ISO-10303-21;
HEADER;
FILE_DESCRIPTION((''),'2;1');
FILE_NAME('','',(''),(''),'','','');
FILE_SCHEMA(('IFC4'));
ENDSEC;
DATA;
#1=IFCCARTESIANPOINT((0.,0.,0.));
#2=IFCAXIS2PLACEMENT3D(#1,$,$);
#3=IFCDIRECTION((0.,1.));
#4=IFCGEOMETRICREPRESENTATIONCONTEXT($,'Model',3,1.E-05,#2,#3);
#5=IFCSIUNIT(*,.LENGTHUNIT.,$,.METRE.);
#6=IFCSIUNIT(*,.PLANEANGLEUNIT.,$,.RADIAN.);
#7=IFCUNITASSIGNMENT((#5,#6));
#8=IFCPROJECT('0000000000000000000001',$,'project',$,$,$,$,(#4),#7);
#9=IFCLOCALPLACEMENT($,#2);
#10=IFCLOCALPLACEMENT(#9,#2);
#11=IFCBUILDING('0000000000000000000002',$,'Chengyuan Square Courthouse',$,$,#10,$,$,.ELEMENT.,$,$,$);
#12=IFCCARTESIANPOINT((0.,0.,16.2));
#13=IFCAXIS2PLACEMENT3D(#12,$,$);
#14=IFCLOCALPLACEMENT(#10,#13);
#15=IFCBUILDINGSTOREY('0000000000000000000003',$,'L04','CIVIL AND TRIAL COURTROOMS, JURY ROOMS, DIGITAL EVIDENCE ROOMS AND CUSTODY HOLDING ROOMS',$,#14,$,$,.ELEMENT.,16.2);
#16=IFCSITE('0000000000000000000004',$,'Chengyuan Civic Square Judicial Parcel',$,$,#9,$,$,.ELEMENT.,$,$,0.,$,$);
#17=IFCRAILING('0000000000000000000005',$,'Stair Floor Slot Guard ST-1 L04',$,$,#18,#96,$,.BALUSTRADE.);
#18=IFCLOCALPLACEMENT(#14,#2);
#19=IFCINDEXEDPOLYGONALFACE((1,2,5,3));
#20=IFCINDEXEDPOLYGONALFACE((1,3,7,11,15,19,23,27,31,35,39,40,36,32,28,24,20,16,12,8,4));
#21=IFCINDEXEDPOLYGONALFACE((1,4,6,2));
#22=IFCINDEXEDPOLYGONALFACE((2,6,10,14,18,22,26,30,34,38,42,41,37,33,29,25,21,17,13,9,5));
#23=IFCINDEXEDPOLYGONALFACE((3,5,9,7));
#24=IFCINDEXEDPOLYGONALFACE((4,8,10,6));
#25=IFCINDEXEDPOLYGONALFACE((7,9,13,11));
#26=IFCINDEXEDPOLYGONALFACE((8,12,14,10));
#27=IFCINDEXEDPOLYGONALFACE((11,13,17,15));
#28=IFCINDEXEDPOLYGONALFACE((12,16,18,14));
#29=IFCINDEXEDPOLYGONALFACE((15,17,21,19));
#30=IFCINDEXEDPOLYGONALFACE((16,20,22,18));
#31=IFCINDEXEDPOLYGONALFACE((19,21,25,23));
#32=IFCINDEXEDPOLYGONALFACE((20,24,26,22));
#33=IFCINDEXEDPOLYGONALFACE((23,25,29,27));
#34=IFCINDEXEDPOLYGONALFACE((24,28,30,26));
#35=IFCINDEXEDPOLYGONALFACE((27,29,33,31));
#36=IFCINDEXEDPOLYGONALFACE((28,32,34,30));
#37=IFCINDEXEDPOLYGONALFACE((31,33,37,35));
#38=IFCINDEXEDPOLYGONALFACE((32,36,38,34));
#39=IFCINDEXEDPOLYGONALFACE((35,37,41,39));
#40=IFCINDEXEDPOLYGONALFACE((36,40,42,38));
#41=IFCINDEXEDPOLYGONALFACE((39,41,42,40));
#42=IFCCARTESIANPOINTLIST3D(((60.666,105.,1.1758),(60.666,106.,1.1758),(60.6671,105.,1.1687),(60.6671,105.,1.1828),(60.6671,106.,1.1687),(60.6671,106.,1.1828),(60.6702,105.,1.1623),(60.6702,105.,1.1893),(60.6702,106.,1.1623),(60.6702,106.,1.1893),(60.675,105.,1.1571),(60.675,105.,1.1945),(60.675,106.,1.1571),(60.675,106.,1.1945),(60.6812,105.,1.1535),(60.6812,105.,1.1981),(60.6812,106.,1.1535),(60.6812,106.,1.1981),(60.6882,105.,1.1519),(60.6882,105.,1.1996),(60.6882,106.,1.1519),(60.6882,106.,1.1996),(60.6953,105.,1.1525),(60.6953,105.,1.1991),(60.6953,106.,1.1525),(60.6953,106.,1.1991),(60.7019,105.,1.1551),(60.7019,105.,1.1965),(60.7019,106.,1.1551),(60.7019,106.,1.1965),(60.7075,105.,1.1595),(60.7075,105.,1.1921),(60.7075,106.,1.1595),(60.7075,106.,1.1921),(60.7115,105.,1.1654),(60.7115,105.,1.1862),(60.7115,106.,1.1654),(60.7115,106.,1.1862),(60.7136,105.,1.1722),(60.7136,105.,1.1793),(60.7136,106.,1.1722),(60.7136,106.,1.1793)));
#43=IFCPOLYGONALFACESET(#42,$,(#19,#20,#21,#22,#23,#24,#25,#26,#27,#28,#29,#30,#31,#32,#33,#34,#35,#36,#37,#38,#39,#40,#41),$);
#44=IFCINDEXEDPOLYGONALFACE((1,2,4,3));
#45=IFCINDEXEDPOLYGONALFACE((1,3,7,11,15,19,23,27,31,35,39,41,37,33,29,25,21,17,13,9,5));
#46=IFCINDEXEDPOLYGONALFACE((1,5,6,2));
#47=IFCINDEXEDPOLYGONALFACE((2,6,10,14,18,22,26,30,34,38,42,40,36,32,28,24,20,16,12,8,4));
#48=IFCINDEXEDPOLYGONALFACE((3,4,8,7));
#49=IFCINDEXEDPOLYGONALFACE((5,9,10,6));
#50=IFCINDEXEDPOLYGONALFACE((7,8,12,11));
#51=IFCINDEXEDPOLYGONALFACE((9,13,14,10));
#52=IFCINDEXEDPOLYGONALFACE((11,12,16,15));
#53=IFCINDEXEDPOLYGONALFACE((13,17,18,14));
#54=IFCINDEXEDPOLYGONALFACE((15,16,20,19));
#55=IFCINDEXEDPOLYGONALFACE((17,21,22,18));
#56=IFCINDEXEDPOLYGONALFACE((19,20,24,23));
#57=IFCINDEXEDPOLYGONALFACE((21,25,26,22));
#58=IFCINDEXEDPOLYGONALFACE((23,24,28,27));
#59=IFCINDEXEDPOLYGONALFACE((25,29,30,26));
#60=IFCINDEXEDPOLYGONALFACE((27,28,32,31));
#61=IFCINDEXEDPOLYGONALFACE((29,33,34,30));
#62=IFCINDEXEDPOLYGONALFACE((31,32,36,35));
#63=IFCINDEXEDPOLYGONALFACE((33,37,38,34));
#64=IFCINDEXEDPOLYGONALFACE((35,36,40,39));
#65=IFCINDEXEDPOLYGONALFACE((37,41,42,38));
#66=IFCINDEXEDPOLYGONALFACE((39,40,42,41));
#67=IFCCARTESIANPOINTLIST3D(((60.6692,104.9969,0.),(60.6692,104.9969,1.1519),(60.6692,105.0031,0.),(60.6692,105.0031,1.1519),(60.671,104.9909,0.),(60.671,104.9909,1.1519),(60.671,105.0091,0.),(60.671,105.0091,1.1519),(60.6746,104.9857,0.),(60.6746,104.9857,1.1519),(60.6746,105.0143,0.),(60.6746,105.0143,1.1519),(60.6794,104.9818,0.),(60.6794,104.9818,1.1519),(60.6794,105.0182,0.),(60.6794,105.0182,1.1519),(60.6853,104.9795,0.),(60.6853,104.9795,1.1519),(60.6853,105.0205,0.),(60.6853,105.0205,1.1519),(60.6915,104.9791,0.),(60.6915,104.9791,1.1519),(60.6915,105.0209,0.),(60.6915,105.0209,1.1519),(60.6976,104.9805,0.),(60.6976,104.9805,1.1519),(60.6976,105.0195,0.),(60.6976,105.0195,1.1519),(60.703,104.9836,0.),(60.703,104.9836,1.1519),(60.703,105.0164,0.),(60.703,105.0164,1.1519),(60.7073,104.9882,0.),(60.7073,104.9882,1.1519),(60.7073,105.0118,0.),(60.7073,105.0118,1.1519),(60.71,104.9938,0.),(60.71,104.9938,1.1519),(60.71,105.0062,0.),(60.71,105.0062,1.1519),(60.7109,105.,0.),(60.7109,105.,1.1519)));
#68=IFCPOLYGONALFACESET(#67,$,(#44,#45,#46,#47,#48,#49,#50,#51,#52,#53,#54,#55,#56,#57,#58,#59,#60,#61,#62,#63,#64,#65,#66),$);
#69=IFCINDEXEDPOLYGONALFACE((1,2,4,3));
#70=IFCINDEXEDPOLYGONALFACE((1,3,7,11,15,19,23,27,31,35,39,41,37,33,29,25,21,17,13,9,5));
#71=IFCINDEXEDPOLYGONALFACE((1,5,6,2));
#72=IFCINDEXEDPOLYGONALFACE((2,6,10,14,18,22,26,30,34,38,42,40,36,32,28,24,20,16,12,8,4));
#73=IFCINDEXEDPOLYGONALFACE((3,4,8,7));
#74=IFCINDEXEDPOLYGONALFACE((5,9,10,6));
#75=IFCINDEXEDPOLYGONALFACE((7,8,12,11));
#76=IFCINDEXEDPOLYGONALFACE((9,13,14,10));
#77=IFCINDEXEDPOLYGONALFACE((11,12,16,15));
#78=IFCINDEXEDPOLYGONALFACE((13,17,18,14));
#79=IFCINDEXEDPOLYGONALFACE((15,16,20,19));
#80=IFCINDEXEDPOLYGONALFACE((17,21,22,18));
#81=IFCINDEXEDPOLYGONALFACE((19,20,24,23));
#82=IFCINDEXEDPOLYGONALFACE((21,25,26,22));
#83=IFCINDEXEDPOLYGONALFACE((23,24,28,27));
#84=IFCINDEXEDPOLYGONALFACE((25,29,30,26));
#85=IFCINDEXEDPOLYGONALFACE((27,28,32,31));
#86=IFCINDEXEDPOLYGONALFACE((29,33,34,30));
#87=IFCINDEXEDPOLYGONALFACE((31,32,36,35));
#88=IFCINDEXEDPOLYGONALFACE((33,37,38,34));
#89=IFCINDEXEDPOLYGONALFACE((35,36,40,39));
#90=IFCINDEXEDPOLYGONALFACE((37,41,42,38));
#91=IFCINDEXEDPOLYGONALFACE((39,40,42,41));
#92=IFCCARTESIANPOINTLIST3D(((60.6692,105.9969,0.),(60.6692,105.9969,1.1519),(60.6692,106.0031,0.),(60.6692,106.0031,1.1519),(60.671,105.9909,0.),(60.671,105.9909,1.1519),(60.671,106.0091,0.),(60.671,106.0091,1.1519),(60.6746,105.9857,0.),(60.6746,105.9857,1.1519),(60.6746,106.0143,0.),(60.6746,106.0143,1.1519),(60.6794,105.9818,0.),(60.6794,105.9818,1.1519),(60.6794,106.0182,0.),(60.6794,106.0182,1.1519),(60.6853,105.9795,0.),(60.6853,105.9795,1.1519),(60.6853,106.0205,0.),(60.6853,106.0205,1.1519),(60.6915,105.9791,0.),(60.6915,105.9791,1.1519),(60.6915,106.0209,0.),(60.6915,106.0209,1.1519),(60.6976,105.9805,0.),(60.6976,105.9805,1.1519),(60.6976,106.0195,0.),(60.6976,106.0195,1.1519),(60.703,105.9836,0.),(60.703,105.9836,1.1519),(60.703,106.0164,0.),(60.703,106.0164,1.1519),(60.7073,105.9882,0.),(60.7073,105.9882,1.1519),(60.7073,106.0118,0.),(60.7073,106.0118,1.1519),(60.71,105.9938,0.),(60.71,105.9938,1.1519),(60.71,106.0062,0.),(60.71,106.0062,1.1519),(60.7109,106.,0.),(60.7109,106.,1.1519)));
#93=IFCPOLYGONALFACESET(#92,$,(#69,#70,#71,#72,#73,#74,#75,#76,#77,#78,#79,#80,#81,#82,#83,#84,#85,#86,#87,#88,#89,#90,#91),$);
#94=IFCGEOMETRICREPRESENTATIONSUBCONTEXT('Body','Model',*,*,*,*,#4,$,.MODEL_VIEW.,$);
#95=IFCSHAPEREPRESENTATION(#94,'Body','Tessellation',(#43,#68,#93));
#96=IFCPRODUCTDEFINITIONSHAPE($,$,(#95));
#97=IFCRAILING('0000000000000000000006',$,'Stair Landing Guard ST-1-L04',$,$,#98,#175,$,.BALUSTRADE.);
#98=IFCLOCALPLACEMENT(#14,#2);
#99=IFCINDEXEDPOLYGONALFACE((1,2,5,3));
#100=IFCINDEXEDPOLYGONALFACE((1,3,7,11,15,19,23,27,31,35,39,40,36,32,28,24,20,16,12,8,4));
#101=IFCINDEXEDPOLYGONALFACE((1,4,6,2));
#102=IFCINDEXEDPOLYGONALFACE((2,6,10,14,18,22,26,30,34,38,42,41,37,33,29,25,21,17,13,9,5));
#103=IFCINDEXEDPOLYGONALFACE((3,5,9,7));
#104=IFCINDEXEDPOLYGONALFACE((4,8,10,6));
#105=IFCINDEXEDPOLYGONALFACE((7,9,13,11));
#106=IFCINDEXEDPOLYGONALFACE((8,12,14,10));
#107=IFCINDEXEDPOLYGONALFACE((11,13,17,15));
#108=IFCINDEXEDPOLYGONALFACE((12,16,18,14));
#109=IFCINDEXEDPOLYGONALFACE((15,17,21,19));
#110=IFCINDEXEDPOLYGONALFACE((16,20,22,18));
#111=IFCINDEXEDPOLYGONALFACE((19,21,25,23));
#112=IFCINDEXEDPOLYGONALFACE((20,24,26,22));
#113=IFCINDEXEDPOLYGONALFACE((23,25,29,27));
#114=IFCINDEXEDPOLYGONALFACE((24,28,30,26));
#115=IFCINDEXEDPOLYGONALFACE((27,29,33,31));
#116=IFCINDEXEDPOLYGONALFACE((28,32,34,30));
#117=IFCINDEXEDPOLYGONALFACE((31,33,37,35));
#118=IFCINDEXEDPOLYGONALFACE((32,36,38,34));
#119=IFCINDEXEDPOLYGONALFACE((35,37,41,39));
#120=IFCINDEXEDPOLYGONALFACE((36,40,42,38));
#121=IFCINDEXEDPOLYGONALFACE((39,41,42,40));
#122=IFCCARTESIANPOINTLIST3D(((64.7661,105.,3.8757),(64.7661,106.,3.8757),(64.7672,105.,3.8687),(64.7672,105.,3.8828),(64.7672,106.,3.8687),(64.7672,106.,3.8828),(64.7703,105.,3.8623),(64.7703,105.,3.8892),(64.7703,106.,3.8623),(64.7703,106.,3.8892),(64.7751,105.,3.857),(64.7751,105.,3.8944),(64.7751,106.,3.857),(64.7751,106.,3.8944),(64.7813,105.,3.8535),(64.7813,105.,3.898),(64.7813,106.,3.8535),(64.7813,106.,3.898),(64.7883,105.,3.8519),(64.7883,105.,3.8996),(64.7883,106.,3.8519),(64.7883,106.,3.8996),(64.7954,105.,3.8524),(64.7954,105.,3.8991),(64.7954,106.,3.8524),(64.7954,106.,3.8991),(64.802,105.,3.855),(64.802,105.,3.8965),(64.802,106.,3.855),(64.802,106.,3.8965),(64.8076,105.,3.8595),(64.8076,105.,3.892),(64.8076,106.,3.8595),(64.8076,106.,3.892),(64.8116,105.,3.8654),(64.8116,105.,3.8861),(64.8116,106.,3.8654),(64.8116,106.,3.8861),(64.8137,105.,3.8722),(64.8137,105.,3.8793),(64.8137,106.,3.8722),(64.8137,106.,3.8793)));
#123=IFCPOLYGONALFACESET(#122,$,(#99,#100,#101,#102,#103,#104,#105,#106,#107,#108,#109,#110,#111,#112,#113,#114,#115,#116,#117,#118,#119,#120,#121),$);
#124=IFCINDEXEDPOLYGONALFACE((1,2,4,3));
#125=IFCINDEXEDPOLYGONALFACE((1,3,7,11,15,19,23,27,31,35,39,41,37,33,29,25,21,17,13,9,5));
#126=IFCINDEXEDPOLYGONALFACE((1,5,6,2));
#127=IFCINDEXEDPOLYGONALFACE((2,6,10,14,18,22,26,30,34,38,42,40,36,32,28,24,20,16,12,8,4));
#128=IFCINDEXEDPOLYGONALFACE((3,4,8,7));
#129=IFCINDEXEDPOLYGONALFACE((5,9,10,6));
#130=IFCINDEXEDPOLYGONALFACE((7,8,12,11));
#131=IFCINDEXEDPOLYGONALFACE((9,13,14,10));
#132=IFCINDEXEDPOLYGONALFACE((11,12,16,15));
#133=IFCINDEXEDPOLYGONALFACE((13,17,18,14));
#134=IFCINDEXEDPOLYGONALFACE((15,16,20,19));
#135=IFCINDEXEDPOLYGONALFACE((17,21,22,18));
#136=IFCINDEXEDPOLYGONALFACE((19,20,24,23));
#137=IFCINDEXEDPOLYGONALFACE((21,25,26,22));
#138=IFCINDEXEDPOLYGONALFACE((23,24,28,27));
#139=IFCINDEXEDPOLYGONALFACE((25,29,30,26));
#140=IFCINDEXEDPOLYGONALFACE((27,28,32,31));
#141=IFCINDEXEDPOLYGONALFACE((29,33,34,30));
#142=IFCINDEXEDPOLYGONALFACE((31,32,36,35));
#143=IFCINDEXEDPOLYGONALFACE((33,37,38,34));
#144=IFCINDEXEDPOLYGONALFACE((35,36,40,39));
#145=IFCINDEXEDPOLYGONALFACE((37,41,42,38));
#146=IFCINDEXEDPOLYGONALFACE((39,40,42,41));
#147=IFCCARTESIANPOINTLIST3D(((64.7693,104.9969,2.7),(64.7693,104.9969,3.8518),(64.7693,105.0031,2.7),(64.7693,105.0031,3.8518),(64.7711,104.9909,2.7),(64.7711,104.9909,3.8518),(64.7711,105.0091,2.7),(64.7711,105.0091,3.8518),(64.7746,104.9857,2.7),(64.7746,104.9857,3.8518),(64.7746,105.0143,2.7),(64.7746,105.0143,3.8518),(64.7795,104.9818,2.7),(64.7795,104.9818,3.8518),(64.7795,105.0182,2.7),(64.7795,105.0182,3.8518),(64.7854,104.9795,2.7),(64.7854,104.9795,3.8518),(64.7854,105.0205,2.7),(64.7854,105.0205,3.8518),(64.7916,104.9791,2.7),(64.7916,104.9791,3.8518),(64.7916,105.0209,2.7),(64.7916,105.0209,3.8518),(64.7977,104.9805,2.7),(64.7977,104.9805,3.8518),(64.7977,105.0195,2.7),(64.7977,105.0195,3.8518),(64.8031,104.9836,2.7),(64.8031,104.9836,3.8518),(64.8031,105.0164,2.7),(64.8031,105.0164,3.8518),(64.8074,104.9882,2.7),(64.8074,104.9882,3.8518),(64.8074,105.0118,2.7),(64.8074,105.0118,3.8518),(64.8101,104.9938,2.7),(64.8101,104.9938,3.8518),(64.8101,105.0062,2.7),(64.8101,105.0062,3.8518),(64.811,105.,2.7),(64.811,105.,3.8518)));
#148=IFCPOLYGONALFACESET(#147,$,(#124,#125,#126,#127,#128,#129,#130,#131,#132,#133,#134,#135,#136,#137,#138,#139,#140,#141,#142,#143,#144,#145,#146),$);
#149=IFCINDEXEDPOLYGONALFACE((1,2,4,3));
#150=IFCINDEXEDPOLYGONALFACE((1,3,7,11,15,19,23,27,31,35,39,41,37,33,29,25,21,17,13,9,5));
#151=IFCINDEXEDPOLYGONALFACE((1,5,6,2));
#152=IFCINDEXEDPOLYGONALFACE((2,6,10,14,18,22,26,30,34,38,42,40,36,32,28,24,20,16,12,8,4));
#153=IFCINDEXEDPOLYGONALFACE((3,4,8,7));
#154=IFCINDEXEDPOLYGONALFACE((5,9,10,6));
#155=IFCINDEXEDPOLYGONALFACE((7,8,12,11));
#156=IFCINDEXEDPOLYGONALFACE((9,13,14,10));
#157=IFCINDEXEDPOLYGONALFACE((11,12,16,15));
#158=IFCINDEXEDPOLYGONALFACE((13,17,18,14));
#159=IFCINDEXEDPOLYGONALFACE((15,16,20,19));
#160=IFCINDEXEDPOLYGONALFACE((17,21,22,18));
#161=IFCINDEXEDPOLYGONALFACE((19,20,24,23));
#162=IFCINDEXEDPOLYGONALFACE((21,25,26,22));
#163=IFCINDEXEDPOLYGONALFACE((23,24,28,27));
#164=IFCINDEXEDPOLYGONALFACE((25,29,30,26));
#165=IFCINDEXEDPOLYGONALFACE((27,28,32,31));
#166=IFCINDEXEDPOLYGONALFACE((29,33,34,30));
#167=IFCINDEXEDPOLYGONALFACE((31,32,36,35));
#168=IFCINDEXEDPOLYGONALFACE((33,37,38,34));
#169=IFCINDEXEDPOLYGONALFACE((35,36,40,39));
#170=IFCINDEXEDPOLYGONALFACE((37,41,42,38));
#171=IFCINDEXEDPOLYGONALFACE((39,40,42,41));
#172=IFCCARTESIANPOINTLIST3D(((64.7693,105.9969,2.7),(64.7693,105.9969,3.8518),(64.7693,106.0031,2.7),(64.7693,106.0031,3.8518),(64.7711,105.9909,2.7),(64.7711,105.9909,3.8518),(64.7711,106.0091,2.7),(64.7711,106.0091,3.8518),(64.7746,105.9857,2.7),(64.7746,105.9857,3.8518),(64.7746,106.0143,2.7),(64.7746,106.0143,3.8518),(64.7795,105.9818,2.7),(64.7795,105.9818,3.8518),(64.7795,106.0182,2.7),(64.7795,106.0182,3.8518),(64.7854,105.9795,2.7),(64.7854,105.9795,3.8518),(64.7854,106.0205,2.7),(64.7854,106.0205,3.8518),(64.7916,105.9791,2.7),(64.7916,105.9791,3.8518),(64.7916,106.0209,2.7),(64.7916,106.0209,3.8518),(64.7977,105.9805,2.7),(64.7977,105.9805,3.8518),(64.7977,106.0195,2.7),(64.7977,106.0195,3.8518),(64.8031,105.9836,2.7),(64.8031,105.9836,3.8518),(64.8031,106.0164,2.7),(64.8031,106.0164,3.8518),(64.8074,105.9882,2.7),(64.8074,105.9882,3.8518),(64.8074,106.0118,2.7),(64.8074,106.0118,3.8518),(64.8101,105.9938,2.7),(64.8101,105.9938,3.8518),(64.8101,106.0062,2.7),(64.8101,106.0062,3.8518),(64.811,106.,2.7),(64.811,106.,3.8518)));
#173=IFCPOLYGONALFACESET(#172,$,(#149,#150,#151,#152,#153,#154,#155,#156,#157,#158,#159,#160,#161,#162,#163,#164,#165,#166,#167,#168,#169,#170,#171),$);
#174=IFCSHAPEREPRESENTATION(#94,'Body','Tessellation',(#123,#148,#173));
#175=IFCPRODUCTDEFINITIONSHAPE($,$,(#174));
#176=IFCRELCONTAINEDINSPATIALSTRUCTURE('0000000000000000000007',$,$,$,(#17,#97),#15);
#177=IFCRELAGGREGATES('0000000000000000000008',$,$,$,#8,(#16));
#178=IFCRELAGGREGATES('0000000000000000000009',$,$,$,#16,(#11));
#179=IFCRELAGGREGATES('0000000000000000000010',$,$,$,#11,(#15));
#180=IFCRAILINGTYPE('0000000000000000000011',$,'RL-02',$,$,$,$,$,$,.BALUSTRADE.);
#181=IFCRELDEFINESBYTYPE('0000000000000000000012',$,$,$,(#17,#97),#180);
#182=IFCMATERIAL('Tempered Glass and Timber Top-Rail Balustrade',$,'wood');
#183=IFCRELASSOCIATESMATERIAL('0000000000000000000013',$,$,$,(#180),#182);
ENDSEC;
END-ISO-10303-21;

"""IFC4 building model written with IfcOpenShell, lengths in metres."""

from ifc_helpers import new_model, si_unit, direction, frame, origin, origin_2d, place, context, subcontext, project, spatial, circle, extrude, material, type_object, element, save


model = new_model("IFC4")

# Units and contexts
model_context = context("Model", 3, precision=1e-05, world=origin(), true_north=direction((0.0, 1.0)))
body_context = subcontext(model_context, "Body", "Model", "MODEL_VIEW")
ifc_project = project(units=[si_unit("LENGTHUNIT", "METRE"), si_unit("PLANEANGLEUNIT", "RADIAN")], contexts=[model_context])

# Site, building, storey
site_placement = place(None, origin())
site = spatial("IfcSite", under=ifc_project, at=site_placement, Name="Chengyuan Civic Square Judicial Parcel", CompositionType="ELEMENT", RefElevation=0.0)
building_placement = place(site_placement, origin())
building = spatial("IfcBuilding", under=site, at=building_placement, Name="Chengyuan Square Courthouse", CompositionType="ELEMENT")
storey_placement = place(building_placement, frame((0.0, 0.0, 16.2)))
storey = spatial("IfcBuildingStorey", under=building, at=storey_placement, Name="L04", Description="CIVIL AND TRIAL COURTROOMS, JURY ROOMS, DIGITAL EVIDENCE ROOMS AND CUSTODY HOLDING ROOMS", CompositionType="ELEMENT", Elevation=16.2)

# Railings
ifc_material_1 = material(Name="Tempered Glass and Timber Top-Rail Balustrade", Category="wood")
railing_type_1 = type_object("IfcRailingType", Name="RL-02", PredefinedType="BALUSTRADE", material=ifc_material_1)
for number, where, name in (
    (1, (60.6899, 105.0, 0.0), "Stair Floor Slot Guard ST-1 L04"),
    (2, (64.79, 105.0, 2.7), "Stair Landing Guard ST-1-L04"),
):
    element("IfcRailing", number, at=place(storey_placement, frame(where)), inside=storey, type_object=railing_type_1, Name=name, PredefinedType="BALUSTRADE", context=body_context, shape_type="SweptSolid", body=[
        extrude(circle(Radius=0.0239, at=origin_2d()), frame((0.0, 0.0, 1.1758), z_axis=(0.0, 1.0, 0.0), x_axis=(-1.0, 0.0, 0.0)), (0.0, 0.0, 1.0), 1.0),
        extrude(circle(Radius=0.021, at=origin_2d()), origin(), (0.0, 0.0, 1.0), 1.1519),
        extrude(circle(Radius=0.021, at=origin_2d()), frame((0.0, 1.0, 0.0)), (0.0, 0.0, 1.0), 1.1519),
    ])

save(model, "model.ifc")
